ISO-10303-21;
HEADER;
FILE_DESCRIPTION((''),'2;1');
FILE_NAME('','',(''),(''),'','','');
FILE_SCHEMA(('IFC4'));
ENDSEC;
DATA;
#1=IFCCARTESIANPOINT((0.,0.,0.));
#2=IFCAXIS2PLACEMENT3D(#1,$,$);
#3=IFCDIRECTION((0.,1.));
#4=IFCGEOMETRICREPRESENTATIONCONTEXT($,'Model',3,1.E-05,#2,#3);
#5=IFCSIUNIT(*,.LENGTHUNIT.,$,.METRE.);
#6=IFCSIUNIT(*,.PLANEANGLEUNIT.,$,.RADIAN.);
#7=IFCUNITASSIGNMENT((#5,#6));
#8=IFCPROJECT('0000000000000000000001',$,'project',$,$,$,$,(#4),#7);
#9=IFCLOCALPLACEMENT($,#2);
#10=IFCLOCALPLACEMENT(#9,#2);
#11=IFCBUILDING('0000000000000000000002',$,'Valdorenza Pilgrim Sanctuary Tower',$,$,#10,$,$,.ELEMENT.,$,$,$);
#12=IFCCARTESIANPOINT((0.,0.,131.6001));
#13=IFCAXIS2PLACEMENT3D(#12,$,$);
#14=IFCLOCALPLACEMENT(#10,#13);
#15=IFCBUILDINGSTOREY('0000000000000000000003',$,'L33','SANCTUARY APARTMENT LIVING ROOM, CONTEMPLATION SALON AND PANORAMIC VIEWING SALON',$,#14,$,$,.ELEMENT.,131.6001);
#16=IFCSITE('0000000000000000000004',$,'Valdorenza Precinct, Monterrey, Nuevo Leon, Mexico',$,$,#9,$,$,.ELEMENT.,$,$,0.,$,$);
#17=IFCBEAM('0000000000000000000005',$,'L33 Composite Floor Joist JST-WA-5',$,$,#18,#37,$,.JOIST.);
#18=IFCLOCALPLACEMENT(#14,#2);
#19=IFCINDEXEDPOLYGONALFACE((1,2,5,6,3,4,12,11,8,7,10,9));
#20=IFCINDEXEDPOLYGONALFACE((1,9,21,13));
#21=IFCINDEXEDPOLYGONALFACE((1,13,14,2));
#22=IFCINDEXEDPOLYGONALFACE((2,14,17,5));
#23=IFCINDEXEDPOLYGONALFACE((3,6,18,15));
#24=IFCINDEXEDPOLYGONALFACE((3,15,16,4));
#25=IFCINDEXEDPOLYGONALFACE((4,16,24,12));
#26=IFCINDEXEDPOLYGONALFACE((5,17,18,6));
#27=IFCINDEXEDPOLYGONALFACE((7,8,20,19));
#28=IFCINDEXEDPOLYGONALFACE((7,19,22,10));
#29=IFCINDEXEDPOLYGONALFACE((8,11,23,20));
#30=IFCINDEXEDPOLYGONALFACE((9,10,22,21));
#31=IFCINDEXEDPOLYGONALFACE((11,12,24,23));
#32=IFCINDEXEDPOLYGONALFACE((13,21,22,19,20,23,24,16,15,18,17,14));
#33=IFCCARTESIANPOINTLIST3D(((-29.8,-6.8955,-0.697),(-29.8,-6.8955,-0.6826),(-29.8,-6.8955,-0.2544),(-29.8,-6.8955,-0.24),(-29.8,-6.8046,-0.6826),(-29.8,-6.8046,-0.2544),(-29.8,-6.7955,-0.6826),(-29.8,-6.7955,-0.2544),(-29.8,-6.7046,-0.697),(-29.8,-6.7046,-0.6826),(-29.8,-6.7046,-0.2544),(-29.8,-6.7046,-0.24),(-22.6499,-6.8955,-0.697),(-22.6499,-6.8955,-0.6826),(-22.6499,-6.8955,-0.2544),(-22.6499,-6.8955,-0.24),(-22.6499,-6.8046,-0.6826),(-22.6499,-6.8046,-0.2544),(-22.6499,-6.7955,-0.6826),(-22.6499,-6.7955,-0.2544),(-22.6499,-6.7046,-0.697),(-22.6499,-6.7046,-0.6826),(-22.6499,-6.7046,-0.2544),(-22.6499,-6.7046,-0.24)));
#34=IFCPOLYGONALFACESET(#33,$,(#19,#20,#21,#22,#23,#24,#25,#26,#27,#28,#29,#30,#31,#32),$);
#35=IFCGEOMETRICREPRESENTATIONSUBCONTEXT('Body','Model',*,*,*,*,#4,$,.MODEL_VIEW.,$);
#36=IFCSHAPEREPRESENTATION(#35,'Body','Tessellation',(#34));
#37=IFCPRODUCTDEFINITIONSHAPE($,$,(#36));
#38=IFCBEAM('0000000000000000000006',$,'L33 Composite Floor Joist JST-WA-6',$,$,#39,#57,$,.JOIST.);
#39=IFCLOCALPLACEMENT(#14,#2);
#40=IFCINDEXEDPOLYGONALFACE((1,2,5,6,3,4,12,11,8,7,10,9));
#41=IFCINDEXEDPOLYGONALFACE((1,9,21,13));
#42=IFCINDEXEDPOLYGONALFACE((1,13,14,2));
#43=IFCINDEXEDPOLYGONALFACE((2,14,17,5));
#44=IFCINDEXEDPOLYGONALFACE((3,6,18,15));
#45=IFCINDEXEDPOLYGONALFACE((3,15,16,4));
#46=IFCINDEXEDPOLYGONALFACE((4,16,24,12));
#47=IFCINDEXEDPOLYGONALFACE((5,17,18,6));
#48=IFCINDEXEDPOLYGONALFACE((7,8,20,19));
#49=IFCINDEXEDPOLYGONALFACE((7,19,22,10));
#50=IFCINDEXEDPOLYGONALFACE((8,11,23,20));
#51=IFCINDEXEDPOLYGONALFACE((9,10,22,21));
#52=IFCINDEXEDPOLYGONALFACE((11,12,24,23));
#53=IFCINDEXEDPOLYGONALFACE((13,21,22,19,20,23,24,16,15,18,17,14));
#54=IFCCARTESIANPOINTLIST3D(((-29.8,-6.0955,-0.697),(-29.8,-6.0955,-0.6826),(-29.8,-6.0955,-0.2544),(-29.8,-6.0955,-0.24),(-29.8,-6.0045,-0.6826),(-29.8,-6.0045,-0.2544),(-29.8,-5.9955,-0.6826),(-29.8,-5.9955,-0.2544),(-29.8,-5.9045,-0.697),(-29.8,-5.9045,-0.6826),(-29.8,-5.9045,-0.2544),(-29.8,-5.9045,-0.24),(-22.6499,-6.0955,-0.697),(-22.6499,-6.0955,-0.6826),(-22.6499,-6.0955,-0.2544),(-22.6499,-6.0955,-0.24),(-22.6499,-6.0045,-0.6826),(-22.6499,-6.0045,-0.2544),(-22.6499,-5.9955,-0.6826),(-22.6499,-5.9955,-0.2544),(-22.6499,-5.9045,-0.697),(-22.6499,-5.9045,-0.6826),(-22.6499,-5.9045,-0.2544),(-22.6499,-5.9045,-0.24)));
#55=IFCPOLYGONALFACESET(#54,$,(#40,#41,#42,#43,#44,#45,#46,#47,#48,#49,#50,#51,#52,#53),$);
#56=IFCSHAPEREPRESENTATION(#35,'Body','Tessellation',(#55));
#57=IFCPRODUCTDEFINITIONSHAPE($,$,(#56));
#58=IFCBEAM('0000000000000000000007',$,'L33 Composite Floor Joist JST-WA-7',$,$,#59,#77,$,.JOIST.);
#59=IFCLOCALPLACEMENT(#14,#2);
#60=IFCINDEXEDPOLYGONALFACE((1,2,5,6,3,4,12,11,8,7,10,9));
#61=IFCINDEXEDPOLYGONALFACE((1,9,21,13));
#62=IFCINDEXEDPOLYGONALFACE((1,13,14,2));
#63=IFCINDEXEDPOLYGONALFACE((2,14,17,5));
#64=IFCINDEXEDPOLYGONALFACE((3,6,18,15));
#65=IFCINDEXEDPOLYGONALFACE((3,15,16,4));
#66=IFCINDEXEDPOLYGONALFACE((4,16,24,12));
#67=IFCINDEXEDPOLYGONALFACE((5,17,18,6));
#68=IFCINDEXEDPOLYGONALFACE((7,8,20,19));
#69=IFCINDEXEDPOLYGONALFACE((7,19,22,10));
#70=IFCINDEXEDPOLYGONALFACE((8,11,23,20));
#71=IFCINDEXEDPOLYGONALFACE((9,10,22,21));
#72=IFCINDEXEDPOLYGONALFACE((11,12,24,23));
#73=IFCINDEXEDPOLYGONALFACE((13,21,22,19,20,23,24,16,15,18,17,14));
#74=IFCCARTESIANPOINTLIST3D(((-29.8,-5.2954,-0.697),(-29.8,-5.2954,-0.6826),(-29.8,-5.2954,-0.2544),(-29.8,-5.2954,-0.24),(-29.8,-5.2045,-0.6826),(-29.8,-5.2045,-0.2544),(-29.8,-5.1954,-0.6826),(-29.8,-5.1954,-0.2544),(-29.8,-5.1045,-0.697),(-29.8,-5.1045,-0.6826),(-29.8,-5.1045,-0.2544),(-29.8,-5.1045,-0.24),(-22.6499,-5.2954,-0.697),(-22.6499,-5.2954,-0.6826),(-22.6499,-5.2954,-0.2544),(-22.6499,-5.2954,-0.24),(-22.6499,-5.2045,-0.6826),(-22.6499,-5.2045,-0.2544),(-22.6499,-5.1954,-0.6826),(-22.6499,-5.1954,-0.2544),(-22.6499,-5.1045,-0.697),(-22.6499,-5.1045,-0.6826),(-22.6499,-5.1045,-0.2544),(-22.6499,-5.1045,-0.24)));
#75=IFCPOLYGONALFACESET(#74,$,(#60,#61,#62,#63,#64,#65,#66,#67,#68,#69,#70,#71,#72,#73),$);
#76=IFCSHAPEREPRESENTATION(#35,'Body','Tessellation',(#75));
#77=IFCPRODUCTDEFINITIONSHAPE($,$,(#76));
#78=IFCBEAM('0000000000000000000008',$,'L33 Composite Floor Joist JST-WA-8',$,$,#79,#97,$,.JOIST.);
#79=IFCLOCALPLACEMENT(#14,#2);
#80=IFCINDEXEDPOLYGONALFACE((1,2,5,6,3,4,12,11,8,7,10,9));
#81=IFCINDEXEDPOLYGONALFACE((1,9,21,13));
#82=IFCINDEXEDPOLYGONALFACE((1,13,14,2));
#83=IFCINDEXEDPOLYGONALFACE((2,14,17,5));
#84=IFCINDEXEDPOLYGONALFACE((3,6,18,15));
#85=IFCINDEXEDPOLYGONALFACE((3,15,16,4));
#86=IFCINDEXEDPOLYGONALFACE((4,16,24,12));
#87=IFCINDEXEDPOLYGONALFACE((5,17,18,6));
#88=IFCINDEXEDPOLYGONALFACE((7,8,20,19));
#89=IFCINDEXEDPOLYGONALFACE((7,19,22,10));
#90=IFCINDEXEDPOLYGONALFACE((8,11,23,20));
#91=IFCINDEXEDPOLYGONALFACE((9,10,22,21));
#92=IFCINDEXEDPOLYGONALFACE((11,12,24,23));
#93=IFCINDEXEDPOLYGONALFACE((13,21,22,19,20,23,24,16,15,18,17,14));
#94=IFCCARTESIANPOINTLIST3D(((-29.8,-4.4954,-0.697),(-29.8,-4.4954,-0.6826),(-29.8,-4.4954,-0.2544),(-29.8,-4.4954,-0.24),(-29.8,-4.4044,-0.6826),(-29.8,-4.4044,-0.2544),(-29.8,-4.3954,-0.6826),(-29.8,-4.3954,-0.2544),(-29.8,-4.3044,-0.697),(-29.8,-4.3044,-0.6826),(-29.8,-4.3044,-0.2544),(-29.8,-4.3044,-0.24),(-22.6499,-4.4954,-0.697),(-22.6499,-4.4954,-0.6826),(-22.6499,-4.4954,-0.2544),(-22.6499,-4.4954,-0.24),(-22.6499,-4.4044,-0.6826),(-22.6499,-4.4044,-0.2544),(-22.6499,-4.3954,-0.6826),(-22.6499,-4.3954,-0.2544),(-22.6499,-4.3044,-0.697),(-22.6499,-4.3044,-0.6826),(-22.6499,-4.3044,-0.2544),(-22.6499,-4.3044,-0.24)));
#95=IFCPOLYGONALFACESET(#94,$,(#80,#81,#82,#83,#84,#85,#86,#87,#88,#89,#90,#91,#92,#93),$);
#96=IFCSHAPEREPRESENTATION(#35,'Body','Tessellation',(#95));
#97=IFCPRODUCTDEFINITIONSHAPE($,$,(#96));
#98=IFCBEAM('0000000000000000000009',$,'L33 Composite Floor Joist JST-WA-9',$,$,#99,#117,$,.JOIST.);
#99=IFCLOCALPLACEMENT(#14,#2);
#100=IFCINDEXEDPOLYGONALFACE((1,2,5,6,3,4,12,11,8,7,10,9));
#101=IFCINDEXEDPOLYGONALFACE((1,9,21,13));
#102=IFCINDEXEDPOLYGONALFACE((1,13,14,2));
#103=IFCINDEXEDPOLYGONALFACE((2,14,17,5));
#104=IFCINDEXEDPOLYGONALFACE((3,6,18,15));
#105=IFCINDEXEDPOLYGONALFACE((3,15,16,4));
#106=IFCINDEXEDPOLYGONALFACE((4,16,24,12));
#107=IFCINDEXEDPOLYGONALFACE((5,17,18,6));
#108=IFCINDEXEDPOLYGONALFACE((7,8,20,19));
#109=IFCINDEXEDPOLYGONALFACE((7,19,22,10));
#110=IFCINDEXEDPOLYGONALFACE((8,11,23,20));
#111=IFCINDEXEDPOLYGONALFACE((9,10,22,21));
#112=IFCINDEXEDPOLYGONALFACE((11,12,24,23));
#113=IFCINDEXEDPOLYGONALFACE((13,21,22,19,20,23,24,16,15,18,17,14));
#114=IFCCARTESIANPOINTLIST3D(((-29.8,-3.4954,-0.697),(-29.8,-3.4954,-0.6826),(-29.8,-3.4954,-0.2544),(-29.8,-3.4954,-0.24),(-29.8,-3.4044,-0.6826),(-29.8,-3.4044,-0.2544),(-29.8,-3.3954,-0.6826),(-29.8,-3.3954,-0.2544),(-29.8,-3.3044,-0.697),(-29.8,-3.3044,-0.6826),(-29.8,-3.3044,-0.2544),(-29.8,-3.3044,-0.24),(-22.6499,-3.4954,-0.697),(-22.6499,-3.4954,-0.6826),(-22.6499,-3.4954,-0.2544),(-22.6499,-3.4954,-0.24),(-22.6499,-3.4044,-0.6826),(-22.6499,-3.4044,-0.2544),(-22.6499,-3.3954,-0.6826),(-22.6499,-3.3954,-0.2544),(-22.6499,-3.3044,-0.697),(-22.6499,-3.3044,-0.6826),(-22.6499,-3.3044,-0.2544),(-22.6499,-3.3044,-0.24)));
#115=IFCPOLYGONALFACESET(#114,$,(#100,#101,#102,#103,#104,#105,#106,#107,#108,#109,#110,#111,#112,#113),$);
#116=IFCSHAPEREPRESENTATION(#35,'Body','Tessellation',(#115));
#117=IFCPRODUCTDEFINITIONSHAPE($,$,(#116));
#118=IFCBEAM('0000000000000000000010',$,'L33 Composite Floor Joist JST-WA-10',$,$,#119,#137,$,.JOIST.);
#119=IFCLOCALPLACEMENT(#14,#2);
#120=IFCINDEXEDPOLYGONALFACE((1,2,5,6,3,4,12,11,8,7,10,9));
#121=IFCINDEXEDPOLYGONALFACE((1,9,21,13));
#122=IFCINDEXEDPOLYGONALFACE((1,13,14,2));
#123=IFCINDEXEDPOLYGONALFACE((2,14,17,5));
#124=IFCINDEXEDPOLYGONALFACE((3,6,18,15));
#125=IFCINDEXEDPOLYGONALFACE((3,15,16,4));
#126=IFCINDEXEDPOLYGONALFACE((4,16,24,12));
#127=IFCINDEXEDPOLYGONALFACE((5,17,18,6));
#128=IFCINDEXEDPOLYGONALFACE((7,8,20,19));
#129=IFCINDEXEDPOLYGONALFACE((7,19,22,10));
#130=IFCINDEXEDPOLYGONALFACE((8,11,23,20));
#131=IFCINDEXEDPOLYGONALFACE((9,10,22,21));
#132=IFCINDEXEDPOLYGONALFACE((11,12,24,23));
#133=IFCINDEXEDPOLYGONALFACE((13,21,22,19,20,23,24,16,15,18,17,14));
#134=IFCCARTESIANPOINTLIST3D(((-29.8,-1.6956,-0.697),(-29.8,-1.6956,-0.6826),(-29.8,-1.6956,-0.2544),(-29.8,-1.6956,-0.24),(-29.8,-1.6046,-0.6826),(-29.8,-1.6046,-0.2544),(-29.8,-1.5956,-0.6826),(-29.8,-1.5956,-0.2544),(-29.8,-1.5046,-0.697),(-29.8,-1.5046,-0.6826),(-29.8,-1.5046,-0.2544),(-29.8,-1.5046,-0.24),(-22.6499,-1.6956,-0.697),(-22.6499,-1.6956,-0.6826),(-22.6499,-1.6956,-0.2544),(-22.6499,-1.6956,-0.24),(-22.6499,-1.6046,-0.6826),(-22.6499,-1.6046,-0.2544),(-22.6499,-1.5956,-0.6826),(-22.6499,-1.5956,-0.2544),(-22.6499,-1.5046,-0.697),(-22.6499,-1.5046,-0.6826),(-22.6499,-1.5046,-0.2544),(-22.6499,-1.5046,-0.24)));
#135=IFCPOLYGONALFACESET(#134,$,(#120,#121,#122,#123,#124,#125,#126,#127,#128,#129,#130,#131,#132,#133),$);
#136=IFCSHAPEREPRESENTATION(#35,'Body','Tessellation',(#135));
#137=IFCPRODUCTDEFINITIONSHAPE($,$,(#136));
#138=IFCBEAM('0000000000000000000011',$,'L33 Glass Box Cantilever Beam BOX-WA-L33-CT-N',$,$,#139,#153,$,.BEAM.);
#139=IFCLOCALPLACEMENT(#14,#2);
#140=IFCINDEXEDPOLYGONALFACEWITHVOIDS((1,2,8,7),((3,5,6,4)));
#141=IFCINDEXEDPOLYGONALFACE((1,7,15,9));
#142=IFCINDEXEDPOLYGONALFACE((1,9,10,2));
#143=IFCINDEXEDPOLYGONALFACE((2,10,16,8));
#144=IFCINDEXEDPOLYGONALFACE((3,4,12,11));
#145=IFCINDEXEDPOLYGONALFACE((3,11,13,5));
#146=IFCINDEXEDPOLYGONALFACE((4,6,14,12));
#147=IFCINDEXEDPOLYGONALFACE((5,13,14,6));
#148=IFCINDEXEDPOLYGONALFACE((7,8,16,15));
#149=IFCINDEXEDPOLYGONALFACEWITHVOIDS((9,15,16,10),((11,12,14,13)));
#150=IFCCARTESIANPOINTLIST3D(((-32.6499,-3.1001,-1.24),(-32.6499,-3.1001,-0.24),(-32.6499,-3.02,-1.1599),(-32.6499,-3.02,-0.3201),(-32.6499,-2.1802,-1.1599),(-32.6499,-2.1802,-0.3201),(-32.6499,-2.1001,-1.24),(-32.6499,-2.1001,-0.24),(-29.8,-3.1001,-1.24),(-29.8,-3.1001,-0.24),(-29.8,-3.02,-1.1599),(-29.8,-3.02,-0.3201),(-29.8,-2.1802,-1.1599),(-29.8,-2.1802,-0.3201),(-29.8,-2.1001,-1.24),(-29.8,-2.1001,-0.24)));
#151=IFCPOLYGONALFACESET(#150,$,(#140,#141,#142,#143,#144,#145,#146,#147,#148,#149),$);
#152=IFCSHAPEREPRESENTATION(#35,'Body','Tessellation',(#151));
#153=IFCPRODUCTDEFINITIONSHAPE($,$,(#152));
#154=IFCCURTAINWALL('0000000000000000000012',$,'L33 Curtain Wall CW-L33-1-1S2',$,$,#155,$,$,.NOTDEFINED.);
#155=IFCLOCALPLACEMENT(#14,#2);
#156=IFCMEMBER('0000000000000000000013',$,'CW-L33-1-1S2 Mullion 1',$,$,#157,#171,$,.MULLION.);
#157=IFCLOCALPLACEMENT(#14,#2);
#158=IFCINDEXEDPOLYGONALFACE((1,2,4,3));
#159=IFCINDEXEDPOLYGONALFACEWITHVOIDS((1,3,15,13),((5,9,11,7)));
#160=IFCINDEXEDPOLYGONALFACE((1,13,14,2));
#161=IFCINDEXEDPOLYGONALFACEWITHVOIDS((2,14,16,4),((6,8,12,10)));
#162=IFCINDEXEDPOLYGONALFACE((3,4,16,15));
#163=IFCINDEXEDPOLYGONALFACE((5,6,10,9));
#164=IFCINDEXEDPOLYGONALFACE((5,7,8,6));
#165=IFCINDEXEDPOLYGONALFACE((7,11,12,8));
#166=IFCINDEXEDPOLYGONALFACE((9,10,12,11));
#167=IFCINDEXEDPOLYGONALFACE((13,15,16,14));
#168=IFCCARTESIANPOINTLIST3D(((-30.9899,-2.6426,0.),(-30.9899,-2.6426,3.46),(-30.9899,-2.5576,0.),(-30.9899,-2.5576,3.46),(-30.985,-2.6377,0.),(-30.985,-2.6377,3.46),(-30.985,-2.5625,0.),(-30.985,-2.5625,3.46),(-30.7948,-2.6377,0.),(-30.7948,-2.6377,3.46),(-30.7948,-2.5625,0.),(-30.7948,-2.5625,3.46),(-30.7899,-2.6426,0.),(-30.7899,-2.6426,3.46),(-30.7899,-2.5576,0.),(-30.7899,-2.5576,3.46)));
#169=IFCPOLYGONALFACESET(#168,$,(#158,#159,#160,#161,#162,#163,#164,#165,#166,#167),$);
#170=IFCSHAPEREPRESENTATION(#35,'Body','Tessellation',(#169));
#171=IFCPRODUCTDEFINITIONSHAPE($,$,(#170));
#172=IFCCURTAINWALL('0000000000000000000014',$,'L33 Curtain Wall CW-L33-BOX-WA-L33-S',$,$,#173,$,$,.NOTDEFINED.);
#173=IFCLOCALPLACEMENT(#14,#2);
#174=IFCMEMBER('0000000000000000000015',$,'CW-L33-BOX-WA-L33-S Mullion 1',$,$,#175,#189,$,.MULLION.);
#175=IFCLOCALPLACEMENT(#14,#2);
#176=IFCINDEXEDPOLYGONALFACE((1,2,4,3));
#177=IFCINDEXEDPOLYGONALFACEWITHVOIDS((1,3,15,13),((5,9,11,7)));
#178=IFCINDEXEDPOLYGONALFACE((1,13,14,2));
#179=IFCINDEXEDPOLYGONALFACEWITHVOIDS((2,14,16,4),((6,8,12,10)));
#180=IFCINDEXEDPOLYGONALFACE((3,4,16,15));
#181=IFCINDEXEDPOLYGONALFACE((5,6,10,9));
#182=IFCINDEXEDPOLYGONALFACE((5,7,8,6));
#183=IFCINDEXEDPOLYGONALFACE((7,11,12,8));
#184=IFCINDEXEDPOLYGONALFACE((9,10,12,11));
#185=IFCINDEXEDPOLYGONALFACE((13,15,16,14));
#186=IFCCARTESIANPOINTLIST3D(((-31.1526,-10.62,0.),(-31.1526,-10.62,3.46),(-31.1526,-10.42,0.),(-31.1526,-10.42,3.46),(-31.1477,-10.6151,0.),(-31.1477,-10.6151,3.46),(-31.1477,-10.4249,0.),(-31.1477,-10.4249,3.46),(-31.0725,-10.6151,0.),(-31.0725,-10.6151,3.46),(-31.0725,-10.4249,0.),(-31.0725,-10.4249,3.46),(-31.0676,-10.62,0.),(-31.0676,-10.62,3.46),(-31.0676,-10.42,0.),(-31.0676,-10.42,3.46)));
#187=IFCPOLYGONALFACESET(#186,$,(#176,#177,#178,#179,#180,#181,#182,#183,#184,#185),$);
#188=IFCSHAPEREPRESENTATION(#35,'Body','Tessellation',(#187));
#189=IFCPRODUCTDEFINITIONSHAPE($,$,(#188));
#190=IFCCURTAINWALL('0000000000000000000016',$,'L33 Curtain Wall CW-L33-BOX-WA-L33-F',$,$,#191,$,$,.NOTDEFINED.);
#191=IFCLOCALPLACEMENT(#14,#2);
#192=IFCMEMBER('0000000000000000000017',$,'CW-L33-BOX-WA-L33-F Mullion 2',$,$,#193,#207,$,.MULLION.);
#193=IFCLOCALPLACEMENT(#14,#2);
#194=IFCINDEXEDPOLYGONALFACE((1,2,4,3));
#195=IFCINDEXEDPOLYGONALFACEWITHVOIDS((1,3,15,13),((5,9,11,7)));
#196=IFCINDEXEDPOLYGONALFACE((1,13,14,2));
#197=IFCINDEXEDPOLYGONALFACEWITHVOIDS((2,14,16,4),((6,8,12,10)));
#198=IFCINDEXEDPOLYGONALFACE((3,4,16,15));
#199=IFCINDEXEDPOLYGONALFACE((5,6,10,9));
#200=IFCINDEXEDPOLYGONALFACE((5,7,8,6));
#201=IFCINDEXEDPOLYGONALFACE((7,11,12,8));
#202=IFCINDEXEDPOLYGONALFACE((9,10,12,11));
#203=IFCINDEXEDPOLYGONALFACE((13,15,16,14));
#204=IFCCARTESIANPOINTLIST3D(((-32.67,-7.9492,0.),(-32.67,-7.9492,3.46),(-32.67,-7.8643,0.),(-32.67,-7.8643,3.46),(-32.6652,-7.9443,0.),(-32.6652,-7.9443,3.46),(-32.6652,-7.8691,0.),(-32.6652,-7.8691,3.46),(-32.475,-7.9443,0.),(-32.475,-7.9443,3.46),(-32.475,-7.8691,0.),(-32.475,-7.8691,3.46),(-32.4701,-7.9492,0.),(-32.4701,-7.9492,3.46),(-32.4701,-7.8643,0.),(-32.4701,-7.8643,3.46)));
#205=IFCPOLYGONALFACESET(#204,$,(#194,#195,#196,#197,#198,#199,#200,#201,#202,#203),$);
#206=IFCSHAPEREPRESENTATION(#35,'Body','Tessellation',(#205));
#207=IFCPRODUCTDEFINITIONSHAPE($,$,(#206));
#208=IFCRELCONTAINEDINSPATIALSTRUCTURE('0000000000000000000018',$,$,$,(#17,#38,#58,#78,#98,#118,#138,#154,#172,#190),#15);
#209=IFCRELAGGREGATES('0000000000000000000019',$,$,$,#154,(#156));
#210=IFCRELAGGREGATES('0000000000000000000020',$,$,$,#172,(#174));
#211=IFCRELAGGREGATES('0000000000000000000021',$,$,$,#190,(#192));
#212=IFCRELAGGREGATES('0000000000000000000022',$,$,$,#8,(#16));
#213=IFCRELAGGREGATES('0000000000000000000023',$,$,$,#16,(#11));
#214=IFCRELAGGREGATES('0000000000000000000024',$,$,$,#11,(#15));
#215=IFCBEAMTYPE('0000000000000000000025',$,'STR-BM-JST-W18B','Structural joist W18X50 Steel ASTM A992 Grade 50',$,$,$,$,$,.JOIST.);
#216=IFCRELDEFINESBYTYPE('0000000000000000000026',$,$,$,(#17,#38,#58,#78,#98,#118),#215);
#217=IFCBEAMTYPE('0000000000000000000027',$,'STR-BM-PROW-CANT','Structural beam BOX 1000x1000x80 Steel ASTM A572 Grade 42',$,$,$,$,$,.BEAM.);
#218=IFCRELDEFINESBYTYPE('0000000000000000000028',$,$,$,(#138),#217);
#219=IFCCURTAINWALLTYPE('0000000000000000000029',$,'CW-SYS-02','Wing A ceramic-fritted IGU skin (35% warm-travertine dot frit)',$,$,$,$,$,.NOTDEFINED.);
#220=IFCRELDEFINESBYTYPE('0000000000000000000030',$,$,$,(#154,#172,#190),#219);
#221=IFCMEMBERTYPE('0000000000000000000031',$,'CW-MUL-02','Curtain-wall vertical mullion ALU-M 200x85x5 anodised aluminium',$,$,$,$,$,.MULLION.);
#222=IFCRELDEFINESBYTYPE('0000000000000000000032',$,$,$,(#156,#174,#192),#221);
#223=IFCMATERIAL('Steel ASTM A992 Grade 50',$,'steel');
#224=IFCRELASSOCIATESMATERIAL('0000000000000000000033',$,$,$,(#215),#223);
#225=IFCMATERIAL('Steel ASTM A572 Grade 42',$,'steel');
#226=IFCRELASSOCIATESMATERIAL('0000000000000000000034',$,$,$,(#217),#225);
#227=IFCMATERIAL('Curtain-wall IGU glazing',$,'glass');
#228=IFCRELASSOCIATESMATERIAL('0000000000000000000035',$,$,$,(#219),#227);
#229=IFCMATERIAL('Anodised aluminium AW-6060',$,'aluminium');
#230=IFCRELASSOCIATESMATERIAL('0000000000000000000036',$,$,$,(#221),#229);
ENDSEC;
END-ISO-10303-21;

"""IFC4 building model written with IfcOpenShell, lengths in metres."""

from ifc_helpers import new_model, si_unit, direction, frame, origin, origin_2d, place, context, subcontext, project, spatial, hollow_rectangle, i_section, extrude, source, transform, mapped, material, material_profile, profile_set, type_object, element, aggregate, save


model = new_model("IFC4")

# Units and contexts
model_context = context("Model", 3, precision=1e-05, world=origin(), true_north=direction((0.0, 1.0)))
body_context = subcontext(model_context, "Body", "Model", "MODEL_VIEW")
ifc_project = project(units=[si_unit("LENGTHUNIT", "METRE"), si_unit("PLANEANGLEUNIT", "RADIAN")], contexts=[model_context])

# Site, building, storey
site_placement = place(None, origin())
site = spatial("IfcSite", under=ifc_project, at=site_placement, Name="Valdorenza Precinct, Monterrey, Nuevo Leon, Mexico", CompositionType="ELEMENT", RefElevation=0.0)
building_placement = place(site_placement, origin())
building = spatial("IfcBuilding", under=site, at=building_placement, Name="Valdorenza Pilgrim Sanctuary Tower", CompositionType="ELEMENT")
storey_placement = place(building_placement, frame((0.0, 0.0, 131.6001)))
storey = spatial("IfcBuildingStorey", under=building, at=storey_placement, Name="L33", Description="SANCTUARY APARTMENT LIVING ROOM, CONTEMPLATION SALON AND PANORAMIC VIEWING SALON", CompositionType="ELEMENT", Elevation=131.6001)

# Beams
ifc_material_1 = material(Name="Steel ASTM A992 Grade 50", Category="steel")
ifc_material_profile_1 = material_profile(ifc_material_1, i_section(OverallWidth=0.1909, OverallDepth=0.457, WebThickness=0.009, FlangeThickness=0.0144, at=origin_2d()), Name="W18X50")
ifc_profile_set_1 = profile_set([ifc_material_profile_1], Name="Steel ASTM A992 Grade 50")
beam_type_1 = type_object("IfcBeamType", Name="STR-BM-JST-W18B", Description="Structural joist W18X50 Steel ASTM A992 Grade 50", PredefinedType="JOIST", material=ifc_profile_set_1)
shared_shape_1 = source(origin(), body_context, "Body", "SweptSolid", [
    extrude(i_section(OverallWidth=0.1909, OverallDepth=0.457, WebThickness=0.009, FlangeThickness=0.0144, at=origin_2d()), origin(), (0.0, 0.0, 1.0), 7.1501),
])
for number, where, z_axis, x_axis, name in (
    (1, (-29.8, -6.8, -0.4685), (1.0, 0.0, 0.0), (0.0, 1.0, 0.0), "L33 Composite Floor Joist JST-WA-5"),
    (2, (-29.8, -6.0, -0.4685), (1.0, 0.0, 0.0), (0.0, 1.0, 0.0), "L33 Composite Floor Joist JST-WA-6"),
    (3, (-29.8, -5.2, -0.4685), (1.0, 0.0, 0.0), (0.0, 1.0, 0.0), "L33 Composite Floor Joist JST-WA-7"),
    (4, (-29.8, -4.3999, -0.4685), (1.0, 0.0, 0.0), (0.0, 1.0, 0.0), "L33 Composite Floor Joist JST-WA-8"),
    (5, (-29.8, -3.3999, -0.4685), (1.0, 0.0, 0.0), (0.0, 1.0, 0.0), "L33 Composite Floor Joist JST-WA-9"),
    (6, (-29.8, -1.6001, -0.4685), (1.0, 0.0, 0.0), (0.0, 1.0, 0.0), "L33 Composite Floor Joist JST-WA-10"),
):
    element("IfcBeam", number, at=place(storey_placement, frame(where, z_axis=z_axis, x_axis=x_axis)), inside=storey, type_object=beam_type_1, Name=name, PredefinedType="JOIST", context=body_context, shape_type="MappedRepresentation", body=[
        mapped(shared_shape_1, transform((0.0, 0.0, 0.0), x_axis=(1.0, 0.0, 0.0), y_axis=(0.0, 1.0, 0.0), z_axis=(0.0, 0.0, 1.0), scale=1.0)),
    ])
ifc_material_2 = material(Name="Steel ASTM A572 Grade 42", Category="steel")
ifc_material_profile_2 = material_profile(ifc_material_2, hollow_rectangle(XDim=1.0, YDim=1.0, WallThickness=0.0801, at=origin_2d()), Name="BOX 1000x1000x80")
ifc_profile_set_2 = profile_set([ifc_material_profile_2], Name="Steel ASTM A572 Grade 42")
beam_type_2 = type_object("IfcBeamType", Name="STR-BM-PROW-CANT", Description="Structural beam BOX 1000x1000x80 Steel ASTM A572 Grade 42", PredefinedType="BEAM", material=ifc_profile_set_2)
shared_shape_2 = source(origin(), body_context, "Body", "SweptSolid", [
    extrude(hollow_rectangle(XDim=1.0, YDim=1.0, WallThickness=0.0801, at=origin_2d()), origin(), (0.0, 0.0, 1.0), 2.8499),
])
beam_1_placement = place(storey_placement, frame((-29.8, -2.6001, -0.74), z_axis=(-1.0, 0.0, 0.0), x_axis=(0.0, -1.0, 0.0)))
element("IfcBeam", 7, at=beam_1_placement, inside=storey, type_object=beam_type_2, Name="L33 Glass Box Cantilever Beam BOX-WA-L33-CT-N", PredefinedType="BEAM", context=body_context, shape_type="MappedRepresentation", body=[
    mapped(shared_shape_2, transform((0.0, 0.0, 0.0), x_axis=(1.0, 0.0, 0.0), y_axis=(0.0, 1.0, 0.0), z_axis=(0.0, 0.0, 1.0), scale=1.0)),
])

# Curtain walls, members
ifc_material_3 = material(Name="Curtain-wall IGU glazing", Category="glass")
curtain_wall_type = type_object("IfcCurtainWallType", Name="CW-SYS-02", Description="Wing A ceramic-fritted IGU skin (35% warm-travertine dot frit)", PredefinedType="NOTDEFINED", material=ifc_material_3)
curtain_wall_1_placement = place(storey_placement, origin())
curtain_wall_1 = element("IfcCurtainWall", 8, at=curtain_wall_1_placement, inside=storey, type_object=curtain_wall_type, Name="L33 Curtain Wall CW-L33-1-1S2", PredefinedType="NOTDEFINED")
ifc_material_4 = material(Name="Anodised aluminium AW-6060", Category="aluminium")
ifc_material_profile_3 = material_profile(ifc_material_4, hollow_rectangle(XDim=0.085, YDim=0.2, WallThickness=0.0049, at=origin_2d()), Name="ALU-M 200x85x5")
ifc_profile_set_3 = profile_set([ifc_material_profile_3], Name="Anodised aluminium AW-6060")
member_type_1 = type_object("IfcMemberType", Name="CW-MUL-02", Description="Curtain-wall vertical mullion ALU-M 200x85x5 anodised aluminium", PredefinedType="MULLION", material=ifc_profile_set_3)
shared_shape_3 = source(origin(), body_context, "Body", "SweptSolid", [
    extrude(hollow_rectangle(XDim=0.085, YDim=0.2, WallThickness=0.0049, at=origin_2d()), origin(), (0.0, 0.0, 1.0), 3.46),
])
member_1_placement = place(storey_placement, frame((-30.8899, -2.6001, 0.0), z_axis=(0.0, 0.0, 1.0), x_axis=(0.0, 1.0, 0.0)))
member_1 = element("IfcMember", 9, at=member_1_placement, type_object=member_type_1, Name="CW-L33-1-1S2 Mullion 1", PredefinedType="MULLION", context=body_context, shape_type="MappedRepresentation", body=[
    mapped(shared_shape_3, transform((0.0, 0.0, 0.0), x_axis=(1.0, 0.0, 0.0), y_axis=(0.0, 1.0, 0.0), z_axis=(0.0, 0.0, 1.0), scale=1.0)),
])
curtain_wall_2_placement = place(storey_placement, origin())
curtain_wall_2 = element("IfcCurtainWall", 10, at=curtain_wall_2_placement, inside=storey, type_object=curtain_wall_type, Name="L33 Curtain Wall CW-L33-BOX-WA-L33-S", PredefinedType="NOTDEFINED")
member_2_placement = place(storey_placement, frame((-31.1101, -10.52, 0.0), z_axis=(0.0, 0.0, 1.0), x_axis=(-1.0, 0.0, 0.0)))
member_2 = element("IfcMember", 11, at=member_2_placement, type_object=member_type_1, Name="CW-L33-BOX-WA-L33-S Mullion 1", PredefinedType="MULLION", context=body_context, shape_type="MappedRepresentation", body=[
    mapped(shared_shape_3, transform((0.0, 0.0, 0.0), x_axis=(1.0, 0.0, 0.0), y_axis=(0.0, 1.0, 0.0), z_axis=(0.0, 0.0, 1.0), scale=1.0)),
])

# Curtain wall, member
curtain_wall_3_placement = place(storey_placement, origin())
curtain_wall_3 = element("IfcCurtainWall", 12, at=curtain_wall_3_placement, inside=storey, type_object=curtain_wall_type, Name="L33 Curtain Wall CW-L33-BOX-WA-L33-F", PredefinedType="NOTDEFINED")
member_3_placement = place(storey_placement, frame((-32.5701, -7.9067, 0.0), z_axis=(0.0, 0.0, 1.0), x_axis=(0.0, 1.0, 0.0)))
member_3 = element("IfcMember", 13, at=member_3_placement, type_object=member_type_1, Name="CW-L33-BOX-WA-L33-F Mullion 2", PredefinedType="MULLION", context=body_context, shape_type="MappedRepresentation", body=[
    mapped(shared_shape_3, transform((0.0, 0.0, 0.0), x_axis=(1.0, 0.0, 0.0), y_axis=(0.0, 1.0, 0.0), z_axis=(0.0, 0.0, 1.0), scale=1.0)),
])

aggregate(curtain_wall_1, [member_1])

aggregate(curtain_wall_2, [member_2])
aggregate(curtain_wall_3, [member_3])

save(model, "model.ifc")
